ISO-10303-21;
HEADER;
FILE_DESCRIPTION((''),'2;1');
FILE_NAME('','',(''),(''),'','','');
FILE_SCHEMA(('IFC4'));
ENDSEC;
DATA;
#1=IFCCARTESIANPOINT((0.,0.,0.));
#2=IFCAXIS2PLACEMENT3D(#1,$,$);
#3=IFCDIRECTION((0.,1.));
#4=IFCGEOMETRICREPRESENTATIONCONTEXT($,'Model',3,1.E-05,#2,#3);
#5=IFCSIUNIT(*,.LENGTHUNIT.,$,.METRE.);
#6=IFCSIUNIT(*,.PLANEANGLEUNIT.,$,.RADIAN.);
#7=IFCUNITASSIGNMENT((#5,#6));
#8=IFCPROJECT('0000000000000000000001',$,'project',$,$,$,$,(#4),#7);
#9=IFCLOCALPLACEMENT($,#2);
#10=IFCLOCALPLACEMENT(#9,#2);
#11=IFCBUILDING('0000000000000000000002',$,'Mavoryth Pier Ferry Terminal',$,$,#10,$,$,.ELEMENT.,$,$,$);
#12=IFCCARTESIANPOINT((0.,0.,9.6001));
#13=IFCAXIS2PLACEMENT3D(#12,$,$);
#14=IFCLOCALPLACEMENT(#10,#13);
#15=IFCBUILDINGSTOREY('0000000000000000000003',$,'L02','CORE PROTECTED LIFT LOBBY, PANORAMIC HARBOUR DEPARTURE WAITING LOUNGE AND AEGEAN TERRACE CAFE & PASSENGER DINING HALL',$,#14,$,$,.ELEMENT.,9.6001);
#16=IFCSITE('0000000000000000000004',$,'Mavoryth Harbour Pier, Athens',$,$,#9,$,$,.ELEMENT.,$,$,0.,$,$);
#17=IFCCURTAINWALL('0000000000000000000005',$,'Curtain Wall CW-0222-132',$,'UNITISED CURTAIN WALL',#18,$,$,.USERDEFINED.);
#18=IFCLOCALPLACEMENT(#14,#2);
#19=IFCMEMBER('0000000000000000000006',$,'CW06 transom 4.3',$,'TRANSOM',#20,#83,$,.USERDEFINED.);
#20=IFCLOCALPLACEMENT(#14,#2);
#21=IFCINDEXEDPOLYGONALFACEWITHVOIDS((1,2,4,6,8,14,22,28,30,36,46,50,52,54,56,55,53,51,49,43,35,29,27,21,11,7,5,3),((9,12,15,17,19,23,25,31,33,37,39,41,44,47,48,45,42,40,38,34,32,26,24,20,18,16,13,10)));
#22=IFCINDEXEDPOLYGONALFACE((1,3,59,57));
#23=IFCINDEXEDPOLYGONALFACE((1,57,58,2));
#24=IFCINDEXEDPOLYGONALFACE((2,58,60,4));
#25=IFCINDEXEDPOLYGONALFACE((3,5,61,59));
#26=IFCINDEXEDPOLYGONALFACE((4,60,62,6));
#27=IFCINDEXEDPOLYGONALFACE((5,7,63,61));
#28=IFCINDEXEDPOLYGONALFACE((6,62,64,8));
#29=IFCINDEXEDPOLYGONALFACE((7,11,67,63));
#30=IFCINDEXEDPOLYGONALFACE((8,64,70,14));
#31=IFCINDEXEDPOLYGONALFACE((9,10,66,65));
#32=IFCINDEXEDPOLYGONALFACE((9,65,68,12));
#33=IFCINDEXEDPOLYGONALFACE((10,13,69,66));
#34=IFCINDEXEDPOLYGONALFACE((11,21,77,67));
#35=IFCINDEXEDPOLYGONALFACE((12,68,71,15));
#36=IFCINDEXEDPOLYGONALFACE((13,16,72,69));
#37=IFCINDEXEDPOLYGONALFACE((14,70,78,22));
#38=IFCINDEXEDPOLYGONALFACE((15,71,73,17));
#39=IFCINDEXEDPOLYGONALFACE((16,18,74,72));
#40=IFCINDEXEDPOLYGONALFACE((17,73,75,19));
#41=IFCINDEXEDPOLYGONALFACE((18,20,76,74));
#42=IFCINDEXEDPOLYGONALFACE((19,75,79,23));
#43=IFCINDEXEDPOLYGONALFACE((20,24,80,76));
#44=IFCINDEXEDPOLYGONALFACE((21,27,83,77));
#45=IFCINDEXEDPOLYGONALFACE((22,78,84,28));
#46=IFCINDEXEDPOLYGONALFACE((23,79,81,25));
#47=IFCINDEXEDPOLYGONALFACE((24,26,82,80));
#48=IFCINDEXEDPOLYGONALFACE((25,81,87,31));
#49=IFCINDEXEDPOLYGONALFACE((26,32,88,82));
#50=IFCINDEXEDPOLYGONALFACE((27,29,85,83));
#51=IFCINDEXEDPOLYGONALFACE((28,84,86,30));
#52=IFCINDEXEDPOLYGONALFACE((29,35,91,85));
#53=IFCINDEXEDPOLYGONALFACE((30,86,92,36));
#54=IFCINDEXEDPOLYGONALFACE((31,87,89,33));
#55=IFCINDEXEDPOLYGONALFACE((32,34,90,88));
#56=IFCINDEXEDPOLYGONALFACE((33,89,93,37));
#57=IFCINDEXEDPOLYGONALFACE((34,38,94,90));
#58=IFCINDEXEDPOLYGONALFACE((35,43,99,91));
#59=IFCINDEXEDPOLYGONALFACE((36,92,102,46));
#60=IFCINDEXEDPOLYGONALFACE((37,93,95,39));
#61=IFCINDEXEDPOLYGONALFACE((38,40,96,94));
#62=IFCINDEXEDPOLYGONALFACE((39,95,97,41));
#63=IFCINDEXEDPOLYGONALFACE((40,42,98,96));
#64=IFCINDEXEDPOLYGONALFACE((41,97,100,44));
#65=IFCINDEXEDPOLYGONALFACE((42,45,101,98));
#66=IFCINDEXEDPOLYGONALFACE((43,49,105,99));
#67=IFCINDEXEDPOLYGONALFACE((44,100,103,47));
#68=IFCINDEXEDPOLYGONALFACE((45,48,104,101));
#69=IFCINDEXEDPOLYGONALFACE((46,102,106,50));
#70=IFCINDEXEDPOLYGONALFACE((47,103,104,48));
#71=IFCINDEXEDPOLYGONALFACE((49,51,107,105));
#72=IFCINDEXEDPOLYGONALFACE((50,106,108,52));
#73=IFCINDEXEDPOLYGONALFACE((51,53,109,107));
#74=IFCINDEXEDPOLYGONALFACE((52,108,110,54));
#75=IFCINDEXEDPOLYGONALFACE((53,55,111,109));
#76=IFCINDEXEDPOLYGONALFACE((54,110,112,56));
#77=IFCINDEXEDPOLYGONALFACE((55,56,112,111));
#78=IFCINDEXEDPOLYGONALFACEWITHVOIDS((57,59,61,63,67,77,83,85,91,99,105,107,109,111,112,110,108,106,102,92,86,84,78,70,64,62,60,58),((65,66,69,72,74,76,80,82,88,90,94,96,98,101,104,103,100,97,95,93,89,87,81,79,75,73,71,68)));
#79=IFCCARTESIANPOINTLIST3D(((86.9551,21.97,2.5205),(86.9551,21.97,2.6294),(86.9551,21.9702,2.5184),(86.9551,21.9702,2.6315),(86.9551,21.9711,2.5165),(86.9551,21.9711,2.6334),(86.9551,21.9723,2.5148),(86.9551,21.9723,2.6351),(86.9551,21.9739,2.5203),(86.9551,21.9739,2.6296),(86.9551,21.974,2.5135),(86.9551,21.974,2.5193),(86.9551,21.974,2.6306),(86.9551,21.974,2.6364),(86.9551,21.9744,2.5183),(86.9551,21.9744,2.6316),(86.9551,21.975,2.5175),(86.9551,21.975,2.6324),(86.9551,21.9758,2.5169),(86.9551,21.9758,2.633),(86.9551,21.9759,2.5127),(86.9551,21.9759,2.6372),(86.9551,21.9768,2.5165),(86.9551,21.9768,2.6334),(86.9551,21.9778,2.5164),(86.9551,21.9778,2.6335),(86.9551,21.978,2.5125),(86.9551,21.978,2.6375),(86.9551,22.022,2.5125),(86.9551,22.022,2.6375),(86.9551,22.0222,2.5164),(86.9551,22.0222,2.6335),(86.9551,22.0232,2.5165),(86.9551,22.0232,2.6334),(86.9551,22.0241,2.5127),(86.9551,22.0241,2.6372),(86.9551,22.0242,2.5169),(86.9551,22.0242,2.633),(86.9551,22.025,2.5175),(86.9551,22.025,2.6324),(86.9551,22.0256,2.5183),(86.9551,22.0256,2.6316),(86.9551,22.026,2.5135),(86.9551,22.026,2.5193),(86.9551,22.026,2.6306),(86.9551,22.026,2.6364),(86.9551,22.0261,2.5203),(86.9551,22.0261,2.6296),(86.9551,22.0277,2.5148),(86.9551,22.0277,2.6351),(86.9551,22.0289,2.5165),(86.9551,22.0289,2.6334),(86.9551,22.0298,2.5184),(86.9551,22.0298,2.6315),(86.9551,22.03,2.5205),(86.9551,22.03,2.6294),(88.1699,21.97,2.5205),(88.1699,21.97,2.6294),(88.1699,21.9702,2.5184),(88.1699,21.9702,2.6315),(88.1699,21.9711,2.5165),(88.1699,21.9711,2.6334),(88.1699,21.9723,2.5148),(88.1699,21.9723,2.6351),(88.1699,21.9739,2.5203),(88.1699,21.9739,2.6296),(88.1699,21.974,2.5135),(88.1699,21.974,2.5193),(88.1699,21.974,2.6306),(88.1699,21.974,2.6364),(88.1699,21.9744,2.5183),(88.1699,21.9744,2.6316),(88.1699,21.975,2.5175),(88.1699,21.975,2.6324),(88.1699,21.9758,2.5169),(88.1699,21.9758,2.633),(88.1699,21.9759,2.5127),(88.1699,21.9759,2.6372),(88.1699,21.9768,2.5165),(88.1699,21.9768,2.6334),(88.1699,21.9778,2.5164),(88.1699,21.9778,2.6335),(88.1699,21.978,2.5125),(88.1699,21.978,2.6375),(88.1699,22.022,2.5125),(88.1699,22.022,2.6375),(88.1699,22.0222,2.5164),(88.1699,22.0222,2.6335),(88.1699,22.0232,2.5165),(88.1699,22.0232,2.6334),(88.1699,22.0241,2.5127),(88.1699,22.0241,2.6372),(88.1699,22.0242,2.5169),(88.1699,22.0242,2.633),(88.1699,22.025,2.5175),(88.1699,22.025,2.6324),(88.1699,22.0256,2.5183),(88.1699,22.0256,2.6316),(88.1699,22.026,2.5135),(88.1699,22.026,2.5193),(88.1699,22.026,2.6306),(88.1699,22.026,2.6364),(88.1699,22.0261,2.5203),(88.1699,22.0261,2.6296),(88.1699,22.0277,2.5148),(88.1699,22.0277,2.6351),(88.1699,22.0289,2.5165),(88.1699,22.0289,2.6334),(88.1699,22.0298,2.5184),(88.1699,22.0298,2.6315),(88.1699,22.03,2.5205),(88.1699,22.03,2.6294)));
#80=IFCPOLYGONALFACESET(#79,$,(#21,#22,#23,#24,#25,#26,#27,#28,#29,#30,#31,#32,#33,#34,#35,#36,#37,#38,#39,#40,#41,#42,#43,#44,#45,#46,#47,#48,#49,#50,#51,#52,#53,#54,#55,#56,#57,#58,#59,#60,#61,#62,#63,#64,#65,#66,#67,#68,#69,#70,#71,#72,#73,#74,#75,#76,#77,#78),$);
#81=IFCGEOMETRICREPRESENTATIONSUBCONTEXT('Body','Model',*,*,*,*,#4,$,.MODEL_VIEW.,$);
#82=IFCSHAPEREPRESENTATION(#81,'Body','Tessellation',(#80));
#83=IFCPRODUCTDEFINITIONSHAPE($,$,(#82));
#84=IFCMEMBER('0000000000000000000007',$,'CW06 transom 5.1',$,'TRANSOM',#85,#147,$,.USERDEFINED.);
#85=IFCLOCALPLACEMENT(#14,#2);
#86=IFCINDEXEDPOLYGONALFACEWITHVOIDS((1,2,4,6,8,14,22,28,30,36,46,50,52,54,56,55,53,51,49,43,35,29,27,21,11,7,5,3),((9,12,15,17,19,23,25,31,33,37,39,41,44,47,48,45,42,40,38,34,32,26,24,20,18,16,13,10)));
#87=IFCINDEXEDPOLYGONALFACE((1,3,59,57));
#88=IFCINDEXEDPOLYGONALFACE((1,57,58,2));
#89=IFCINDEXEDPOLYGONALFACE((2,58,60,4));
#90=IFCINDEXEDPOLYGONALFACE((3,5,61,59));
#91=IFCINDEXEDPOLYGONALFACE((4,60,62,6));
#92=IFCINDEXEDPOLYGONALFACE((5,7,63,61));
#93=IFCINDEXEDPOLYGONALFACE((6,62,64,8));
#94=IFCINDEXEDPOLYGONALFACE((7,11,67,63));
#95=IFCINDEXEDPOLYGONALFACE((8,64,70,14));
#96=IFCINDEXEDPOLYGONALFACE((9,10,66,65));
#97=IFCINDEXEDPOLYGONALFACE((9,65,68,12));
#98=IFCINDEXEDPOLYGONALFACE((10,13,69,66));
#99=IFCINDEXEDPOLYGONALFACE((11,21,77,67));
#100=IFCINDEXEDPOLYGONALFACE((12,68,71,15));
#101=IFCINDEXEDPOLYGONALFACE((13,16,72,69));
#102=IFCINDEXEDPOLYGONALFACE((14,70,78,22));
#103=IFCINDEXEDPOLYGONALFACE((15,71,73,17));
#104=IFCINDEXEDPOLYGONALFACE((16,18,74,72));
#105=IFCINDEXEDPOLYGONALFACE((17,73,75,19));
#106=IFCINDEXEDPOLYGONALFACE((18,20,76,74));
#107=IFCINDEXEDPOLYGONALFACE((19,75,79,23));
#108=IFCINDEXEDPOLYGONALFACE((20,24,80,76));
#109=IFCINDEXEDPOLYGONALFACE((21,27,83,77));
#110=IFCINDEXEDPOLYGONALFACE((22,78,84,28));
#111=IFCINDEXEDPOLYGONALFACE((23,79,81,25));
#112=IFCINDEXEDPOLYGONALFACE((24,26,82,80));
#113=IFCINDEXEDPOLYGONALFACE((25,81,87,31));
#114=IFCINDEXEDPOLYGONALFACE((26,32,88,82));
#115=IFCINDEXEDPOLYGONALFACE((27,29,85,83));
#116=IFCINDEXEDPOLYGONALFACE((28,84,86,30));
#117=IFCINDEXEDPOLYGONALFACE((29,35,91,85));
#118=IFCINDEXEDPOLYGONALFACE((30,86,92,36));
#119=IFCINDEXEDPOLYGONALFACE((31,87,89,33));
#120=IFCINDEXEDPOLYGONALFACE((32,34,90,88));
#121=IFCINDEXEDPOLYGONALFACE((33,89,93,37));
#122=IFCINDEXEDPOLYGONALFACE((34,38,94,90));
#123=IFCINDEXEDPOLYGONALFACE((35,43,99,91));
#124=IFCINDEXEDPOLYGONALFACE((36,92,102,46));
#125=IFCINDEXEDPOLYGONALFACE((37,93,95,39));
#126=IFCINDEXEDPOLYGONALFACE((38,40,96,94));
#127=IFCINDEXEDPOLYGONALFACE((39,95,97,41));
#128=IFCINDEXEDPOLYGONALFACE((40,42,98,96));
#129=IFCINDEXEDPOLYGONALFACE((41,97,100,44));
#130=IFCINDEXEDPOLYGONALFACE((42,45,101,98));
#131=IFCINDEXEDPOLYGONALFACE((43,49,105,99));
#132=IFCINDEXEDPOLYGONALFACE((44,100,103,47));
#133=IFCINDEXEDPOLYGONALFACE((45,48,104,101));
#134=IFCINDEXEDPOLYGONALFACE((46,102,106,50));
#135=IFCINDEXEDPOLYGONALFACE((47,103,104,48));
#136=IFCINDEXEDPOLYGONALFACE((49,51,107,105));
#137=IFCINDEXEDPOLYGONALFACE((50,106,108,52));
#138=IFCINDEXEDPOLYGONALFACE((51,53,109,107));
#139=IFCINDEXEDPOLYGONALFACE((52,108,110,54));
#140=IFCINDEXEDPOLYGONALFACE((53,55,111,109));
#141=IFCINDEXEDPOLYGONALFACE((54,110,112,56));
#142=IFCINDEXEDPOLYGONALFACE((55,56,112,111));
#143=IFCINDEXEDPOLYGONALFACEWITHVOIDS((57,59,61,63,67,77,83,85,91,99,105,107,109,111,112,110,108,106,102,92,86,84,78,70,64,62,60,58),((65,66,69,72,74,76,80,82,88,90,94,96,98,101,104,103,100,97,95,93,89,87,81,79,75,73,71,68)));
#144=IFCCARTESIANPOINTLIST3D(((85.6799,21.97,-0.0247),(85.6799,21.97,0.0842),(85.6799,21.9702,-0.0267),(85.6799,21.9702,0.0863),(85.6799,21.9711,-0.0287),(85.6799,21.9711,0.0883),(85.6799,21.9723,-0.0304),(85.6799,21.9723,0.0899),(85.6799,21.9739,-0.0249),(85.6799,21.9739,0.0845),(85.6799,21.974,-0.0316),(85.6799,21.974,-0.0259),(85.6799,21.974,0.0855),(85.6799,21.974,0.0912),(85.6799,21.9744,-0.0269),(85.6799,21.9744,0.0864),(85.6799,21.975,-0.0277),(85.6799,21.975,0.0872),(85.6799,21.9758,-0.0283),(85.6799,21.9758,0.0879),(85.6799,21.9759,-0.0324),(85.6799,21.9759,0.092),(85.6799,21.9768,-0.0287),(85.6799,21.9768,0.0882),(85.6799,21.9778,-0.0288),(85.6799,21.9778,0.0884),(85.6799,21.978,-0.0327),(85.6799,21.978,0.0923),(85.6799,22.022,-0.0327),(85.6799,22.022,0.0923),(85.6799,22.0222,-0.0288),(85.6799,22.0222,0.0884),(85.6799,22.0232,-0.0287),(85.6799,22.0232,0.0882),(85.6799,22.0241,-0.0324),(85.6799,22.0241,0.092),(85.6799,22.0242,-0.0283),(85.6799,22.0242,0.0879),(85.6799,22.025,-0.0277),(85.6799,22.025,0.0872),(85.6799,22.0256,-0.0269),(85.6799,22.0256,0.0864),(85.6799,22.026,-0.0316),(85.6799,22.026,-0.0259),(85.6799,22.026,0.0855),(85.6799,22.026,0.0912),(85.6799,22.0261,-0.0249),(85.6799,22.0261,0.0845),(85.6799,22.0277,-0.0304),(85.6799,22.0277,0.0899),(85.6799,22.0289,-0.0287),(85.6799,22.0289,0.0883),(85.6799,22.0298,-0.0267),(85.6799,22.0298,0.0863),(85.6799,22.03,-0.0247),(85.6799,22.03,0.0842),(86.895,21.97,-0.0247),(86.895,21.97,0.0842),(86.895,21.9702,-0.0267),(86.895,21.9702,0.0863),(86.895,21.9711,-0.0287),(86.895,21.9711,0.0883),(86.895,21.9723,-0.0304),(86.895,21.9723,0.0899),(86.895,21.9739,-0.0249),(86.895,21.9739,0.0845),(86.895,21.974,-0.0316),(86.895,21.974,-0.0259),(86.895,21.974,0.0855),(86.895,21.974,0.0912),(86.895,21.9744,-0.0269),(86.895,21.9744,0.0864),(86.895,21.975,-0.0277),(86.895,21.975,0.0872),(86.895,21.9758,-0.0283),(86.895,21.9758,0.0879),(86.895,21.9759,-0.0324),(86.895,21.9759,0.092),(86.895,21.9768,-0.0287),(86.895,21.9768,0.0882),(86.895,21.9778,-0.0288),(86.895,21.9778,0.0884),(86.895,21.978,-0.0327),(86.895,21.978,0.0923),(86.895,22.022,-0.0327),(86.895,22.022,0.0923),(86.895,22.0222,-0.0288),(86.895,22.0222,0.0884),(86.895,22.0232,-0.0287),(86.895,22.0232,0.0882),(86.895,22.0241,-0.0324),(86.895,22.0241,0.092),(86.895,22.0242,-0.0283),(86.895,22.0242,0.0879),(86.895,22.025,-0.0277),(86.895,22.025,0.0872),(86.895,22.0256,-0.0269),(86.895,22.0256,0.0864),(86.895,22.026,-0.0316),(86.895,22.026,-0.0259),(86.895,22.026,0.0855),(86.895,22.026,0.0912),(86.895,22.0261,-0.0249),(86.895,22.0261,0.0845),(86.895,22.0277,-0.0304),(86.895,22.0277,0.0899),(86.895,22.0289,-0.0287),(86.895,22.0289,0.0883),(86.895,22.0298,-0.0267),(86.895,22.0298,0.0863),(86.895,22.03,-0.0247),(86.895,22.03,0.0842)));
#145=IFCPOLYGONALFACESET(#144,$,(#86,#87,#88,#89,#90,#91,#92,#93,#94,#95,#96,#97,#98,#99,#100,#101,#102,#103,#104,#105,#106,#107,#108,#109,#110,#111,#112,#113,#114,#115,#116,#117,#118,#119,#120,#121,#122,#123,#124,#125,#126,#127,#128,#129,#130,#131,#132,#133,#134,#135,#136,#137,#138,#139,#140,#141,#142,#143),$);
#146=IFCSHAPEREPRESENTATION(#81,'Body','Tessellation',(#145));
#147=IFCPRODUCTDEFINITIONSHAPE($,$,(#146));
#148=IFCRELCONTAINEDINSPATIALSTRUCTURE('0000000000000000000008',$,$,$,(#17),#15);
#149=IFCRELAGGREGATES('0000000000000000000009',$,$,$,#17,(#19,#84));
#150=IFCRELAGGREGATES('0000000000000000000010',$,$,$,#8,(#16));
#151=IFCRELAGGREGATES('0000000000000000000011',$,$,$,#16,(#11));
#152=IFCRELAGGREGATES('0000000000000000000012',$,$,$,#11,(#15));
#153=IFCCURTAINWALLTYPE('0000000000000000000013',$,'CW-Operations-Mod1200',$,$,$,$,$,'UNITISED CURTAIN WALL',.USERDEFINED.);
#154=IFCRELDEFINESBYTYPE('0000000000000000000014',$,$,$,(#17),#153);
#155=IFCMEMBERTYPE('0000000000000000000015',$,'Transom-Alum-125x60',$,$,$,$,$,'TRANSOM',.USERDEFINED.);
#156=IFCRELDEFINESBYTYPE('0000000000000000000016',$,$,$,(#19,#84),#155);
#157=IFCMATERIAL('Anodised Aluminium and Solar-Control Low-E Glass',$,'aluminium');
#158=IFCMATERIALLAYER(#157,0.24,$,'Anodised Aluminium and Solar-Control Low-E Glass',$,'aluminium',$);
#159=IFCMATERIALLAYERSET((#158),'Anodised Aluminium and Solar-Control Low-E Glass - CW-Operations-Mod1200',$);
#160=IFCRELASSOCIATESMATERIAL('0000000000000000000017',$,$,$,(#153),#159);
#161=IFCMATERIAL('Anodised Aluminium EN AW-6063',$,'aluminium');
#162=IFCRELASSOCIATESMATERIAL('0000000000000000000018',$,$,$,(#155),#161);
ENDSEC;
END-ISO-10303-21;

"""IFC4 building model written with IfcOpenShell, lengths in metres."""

from ifc_helpers import new_model, si_unit, direction, frame, origin, origin_2d, place, context, subcontext, project, spatial, hollow_rectangle, extrude, material, layer, layer_set, material_profile, profile_set, type_object, element, aggregate, save


model = new_model("IFC4")

# Units and contexts
model_context = context("Model", 3, precision=1e-05, world=origin(), true_north=direction((0.0, 1.0)))
body_context = subcontext(model_context, "Body", "Model", "MODEL_VIEW")
ifc_project = project(units=[si_unit("LENGTHUNIT", "METRE"), si_unit("PLANEANGLEUNIT", "RADIAN")], contexts=[model_context])

# Site, building, storey
site_placement = place(None, origin())
site = spatial("IfcSite", under=ifc_project, at=site_placement, Name="Mavoryth Harbour Pier, Athens", CompositionType="ELEMENT", RefElevation=0.0)
building_placement = place(site_placement, origin())
building = spatial("IfcBuilding", under=site, at=building_placement, Name="Mavoryth Pier Ferry Terminal", CompositionType="ELEMENT")
storey_placement = place(building_placement, frame((0.0, 0.0, 9.6001)))
storey = spatial("IfcBuildingStorey", under=building, at=storey_placement, Name="L02", Description="CORE PROTECTED LIFT LOBBY, PANORAMIC HARBOUR DEPARTURE WAITING LOUNGE AND AEGEAN TERRACE CAFE & PASSENGER DINING HALL", CompositionType="ELEMENT", Elevation=9.6001)

# Curtain wall
ifc_material_1 = material(Name="Anodised Aluminium and Solar-Control Low-E Glass", Category="aluminium")
ifc_layer_1 = layer(ifc_material_1, 0.24, Name="Anodised Aluminium and Solar-Control Low-E Glass", Category="aluminium")
ifc_layer_set_1 = layer_set([ifc_layer_1], Name="Anodised Aluminium and Solar-Control Low-E Glass - CW-Operations-Mod1200")
curtain_wall_type = type_object("IfcCurtainWallType", Name="CW-Operations-Mod1200", ElementType="UNITISED CURTAIN WALL", PredefinedType="USERDEFINED", material=ifc_layer_set_1)
curtain_wall_placement = place(storey_placement, origin())
curtain_wall = element("IfcCurtainWall", 1, at=curtain_wall_placement, inside=storey, type_object=curtain_wall_type, Name="Curtain Wall CW-0222-132", ObjectType="UNITISED CURTAIN WALL", PredefinedType="USERDEFINED")
ifc_material_2 = material(Name="Anodised Aluminium EN AW-6063", Category="aluminium")

# Members
ifc_material_profile_1 = material_profile(ifc_material_2, hollow_rectangle(XDim=0.0601, YDim=0.125, WallThickness=0.0039, InnerFilletRadius=0.0039, OuterFilletRadius=0.0081, at=origin_2d()), Name="AL-TRAN 125x60x4", Category="aluminium")
ifc_profile_set_1 = profile_set([ifc_material_profile_1], Name="Anodised Aluminium EN AW-6063 - AL-TRAN 125x60x4")
member_type_1 = type_object("IfcMemberType", Name="Transom-Alum-125x60", ElementType="TRANSOM", PredefinedType="USERDEFINED", material=ifc_profile_set_1)
member_1_placement = place(storey_placement, frame((88.1699, 22.0, 2.575), z_axis=(-1.0, 0.0, 0.0), x_axis=(0.0, -1.0, 0.0)))
member_1 = element("IfcMember", 2, at=member_1_placement, type_object=member_type_1, Name="CW06 transom 4.3", ObjectType="TRANSOM", PredefinedType="USERDEFINED", context=body_context, shape_type="SweptSolid", body=[
    extrude(hollow_rectangle(XDim=0.0601, YDim=0.125, WallThickness=0.0039, InnerFilletRadius=0.0039, OuterFilletRadius=0.0081, at=origin_2d()), origin(), (0.0, 0.0, 1.0), 1.2148),
])
member_2_placement = place(storey_placement, frame((86.895, 22.0, 0.0298), z_axis=(-1.0, 0.0, 0.0), x_axis=(0.0, -1.0, 0.0)))
member_2 = element("IfcMember", 3, at=member_2_placement, type_object=member_type_1, Name="CW06 transom 5.1", ObjectType="TRANSOM", PredefinedType="USERDEFINED", context=body_context, shape_type="SweptSolid", body=[
    extrude(hollow_rectangle(XDim=0.0601, YDim=0.125, WallThickness=0.0039, InnerFilletRadius=0.0039, OuterFilletRadius=0.0081, at=origin_2d()), origin(), (0.0, 0.0, 1.0), 1.2151),
])

aggregate(curtain_wall, [member_1, member_2])

save(model, "model.ifc")
